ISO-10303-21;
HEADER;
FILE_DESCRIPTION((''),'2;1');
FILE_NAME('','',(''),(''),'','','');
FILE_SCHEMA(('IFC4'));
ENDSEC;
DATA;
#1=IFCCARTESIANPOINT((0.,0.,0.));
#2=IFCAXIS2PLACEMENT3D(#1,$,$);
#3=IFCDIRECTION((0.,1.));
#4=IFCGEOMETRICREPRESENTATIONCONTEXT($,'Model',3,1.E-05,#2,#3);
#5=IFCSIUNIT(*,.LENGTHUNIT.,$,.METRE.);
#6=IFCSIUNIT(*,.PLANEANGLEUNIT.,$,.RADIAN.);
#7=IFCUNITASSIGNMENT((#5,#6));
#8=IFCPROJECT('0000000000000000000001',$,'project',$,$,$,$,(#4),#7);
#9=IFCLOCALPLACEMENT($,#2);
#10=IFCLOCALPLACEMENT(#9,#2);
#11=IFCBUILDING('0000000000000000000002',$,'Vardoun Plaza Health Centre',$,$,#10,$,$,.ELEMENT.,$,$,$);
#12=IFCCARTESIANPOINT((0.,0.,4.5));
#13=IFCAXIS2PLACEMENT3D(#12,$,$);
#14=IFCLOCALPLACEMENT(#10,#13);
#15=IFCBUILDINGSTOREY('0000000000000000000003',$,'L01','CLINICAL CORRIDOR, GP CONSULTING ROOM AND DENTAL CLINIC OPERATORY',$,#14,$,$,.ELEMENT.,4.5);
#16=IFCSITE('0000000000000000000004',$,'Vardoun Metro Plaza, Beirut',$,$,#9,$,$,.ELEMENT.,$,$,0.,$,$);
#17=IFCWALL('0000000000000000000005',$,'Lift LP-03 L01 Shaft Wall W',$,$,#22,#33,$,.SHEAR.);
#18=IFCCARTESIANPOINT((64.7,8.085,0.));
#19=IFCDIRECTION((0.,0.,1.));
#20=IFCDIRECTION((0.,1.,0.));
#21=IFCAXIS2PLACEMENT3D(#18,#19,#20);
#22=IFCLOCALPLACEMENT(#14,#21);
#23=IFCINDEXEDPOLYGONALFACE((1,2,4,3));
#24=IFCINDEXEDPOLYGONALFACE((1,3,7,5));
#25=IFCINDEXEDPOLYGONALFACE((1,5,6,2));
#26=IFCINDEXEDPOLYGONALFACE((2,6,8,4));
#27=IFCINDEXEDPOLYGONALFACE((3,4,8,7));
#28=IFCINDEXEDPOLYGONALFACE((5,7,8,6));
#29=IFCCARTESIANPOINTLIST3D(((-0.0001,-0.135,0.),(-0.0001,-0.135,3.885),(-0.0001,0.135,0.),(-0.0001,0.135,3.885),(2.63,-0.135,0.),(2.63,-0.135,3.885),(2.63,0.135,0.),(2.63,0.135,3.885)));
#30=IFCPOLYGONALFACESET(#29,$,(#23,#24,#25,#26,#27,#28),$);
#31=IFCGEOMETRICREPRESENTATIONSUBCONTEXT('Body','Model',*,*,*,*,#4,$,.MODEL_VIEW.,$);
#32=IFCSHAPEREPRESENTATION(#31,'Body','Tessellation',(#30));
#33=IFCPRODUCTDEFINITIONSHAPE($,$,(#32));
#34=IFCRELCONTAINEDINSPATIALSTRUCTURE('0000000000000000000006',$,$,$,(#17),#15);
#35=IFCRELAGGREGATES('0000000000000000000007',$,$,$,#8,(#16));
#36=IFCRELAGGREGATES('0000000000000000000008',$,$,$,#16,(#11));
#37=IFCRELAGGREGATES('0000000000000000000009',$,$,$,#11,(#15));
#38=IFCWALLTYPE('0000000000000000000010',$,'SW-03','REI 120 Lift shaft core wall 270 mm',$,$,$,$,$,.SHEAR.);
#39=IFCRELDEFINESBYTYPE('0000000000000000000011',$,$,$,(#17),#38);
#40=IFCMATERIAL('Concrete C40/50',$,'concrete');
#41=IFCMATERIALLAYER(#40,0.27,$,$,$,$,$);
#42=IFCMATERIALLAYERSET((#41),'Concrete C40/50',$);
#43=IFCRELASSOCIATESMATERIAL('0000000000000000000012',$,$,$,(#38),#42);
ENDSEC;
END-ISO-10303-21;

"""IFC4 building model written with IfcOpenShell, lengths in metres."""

from ifc_helpers import new_model, si_unit, direction, frame, frame_2d, origin, place, context, subcontext, project, spatial, rectangle, extrude, material, layer, layer_set, type_object, element, save


model = new_model("IFC4")

# Units and contexts
model_context = context("Model", 3, precision=1e-05, world=origin(), true_north=direction((0.0, 1.0)))
body_context = subcontext(model_context, "Body", "Model", "MODEL_VIEW")
ifc_project = project(units=[si_unit("LENGTHUNIT", "METRE"), si_unit("PLANEANGLEUNIT", "RADIAN")], contexts=[model_context])

# Site, building, storey
site_placement = place(None, origin())
site = spatial("IfcSite", under=ifc_project, at=site_placement, Name="Vardoun Metro Plaza, Beirut", CompositionType="ELEMENT", RefElevation=0.0)
building_placement = place(site_placement, origin())
building = spatial("IfcBuilding", under=site, at=building_placement, Name="Vardoun Plaza Health Centre", CompositionType="ELEMENT")
storey_placement = place(building_placement, frame((0.0, 0.0, 4.5)))
storey = spatial("IfcBuildingStorey", under=building, at=storey_placement, Name="L01", Description="CLINICAL CORRIDOR, GP CONSULTING ROOM AND DENTAL CLINIC OPERATORY", CompositionType="ELEMENT", Elevation=4.5)

# Wall
ifc_material_1 = material(Name="Concrete C40/50", Category="concrete")
ifc_layer_1 = layer(ifc_material_1, 0.27)
ifc_layer_set_1 = layer_set([ifc_layer_1], Name="Concrete C40/50")
wall_type_1 = type_object("IfcWallType", Name="SW-03", Description="REI 120 Lift shaft core wall 270 mm", PredefinedType="SHEAR", material=ifc_layer_set_1)
wall_1_placement = place(storey_placement, frame((64.7, 8.085, 0.0), z_axis=(0.0, 0.0, 1.0), x_axis=(0.0, 1.0, 0.0)))
element("IfcWall", 1, at=wall_1_placement, inside=storey, type_object=wall_type_1, Name="Lift LP-03 L01 Shaft Wall W", PredefinedType="SHEAR", context=body_context, shape_type="SweptSolid", body=[
    extrude(rectangle(XDim=2.6301, YDim=0.27, at=frame_2d((1.3149, 0.0))), origin(), (0.0, 0.0, 1.0), 3.885),
])

save(model, "model.ifc")
